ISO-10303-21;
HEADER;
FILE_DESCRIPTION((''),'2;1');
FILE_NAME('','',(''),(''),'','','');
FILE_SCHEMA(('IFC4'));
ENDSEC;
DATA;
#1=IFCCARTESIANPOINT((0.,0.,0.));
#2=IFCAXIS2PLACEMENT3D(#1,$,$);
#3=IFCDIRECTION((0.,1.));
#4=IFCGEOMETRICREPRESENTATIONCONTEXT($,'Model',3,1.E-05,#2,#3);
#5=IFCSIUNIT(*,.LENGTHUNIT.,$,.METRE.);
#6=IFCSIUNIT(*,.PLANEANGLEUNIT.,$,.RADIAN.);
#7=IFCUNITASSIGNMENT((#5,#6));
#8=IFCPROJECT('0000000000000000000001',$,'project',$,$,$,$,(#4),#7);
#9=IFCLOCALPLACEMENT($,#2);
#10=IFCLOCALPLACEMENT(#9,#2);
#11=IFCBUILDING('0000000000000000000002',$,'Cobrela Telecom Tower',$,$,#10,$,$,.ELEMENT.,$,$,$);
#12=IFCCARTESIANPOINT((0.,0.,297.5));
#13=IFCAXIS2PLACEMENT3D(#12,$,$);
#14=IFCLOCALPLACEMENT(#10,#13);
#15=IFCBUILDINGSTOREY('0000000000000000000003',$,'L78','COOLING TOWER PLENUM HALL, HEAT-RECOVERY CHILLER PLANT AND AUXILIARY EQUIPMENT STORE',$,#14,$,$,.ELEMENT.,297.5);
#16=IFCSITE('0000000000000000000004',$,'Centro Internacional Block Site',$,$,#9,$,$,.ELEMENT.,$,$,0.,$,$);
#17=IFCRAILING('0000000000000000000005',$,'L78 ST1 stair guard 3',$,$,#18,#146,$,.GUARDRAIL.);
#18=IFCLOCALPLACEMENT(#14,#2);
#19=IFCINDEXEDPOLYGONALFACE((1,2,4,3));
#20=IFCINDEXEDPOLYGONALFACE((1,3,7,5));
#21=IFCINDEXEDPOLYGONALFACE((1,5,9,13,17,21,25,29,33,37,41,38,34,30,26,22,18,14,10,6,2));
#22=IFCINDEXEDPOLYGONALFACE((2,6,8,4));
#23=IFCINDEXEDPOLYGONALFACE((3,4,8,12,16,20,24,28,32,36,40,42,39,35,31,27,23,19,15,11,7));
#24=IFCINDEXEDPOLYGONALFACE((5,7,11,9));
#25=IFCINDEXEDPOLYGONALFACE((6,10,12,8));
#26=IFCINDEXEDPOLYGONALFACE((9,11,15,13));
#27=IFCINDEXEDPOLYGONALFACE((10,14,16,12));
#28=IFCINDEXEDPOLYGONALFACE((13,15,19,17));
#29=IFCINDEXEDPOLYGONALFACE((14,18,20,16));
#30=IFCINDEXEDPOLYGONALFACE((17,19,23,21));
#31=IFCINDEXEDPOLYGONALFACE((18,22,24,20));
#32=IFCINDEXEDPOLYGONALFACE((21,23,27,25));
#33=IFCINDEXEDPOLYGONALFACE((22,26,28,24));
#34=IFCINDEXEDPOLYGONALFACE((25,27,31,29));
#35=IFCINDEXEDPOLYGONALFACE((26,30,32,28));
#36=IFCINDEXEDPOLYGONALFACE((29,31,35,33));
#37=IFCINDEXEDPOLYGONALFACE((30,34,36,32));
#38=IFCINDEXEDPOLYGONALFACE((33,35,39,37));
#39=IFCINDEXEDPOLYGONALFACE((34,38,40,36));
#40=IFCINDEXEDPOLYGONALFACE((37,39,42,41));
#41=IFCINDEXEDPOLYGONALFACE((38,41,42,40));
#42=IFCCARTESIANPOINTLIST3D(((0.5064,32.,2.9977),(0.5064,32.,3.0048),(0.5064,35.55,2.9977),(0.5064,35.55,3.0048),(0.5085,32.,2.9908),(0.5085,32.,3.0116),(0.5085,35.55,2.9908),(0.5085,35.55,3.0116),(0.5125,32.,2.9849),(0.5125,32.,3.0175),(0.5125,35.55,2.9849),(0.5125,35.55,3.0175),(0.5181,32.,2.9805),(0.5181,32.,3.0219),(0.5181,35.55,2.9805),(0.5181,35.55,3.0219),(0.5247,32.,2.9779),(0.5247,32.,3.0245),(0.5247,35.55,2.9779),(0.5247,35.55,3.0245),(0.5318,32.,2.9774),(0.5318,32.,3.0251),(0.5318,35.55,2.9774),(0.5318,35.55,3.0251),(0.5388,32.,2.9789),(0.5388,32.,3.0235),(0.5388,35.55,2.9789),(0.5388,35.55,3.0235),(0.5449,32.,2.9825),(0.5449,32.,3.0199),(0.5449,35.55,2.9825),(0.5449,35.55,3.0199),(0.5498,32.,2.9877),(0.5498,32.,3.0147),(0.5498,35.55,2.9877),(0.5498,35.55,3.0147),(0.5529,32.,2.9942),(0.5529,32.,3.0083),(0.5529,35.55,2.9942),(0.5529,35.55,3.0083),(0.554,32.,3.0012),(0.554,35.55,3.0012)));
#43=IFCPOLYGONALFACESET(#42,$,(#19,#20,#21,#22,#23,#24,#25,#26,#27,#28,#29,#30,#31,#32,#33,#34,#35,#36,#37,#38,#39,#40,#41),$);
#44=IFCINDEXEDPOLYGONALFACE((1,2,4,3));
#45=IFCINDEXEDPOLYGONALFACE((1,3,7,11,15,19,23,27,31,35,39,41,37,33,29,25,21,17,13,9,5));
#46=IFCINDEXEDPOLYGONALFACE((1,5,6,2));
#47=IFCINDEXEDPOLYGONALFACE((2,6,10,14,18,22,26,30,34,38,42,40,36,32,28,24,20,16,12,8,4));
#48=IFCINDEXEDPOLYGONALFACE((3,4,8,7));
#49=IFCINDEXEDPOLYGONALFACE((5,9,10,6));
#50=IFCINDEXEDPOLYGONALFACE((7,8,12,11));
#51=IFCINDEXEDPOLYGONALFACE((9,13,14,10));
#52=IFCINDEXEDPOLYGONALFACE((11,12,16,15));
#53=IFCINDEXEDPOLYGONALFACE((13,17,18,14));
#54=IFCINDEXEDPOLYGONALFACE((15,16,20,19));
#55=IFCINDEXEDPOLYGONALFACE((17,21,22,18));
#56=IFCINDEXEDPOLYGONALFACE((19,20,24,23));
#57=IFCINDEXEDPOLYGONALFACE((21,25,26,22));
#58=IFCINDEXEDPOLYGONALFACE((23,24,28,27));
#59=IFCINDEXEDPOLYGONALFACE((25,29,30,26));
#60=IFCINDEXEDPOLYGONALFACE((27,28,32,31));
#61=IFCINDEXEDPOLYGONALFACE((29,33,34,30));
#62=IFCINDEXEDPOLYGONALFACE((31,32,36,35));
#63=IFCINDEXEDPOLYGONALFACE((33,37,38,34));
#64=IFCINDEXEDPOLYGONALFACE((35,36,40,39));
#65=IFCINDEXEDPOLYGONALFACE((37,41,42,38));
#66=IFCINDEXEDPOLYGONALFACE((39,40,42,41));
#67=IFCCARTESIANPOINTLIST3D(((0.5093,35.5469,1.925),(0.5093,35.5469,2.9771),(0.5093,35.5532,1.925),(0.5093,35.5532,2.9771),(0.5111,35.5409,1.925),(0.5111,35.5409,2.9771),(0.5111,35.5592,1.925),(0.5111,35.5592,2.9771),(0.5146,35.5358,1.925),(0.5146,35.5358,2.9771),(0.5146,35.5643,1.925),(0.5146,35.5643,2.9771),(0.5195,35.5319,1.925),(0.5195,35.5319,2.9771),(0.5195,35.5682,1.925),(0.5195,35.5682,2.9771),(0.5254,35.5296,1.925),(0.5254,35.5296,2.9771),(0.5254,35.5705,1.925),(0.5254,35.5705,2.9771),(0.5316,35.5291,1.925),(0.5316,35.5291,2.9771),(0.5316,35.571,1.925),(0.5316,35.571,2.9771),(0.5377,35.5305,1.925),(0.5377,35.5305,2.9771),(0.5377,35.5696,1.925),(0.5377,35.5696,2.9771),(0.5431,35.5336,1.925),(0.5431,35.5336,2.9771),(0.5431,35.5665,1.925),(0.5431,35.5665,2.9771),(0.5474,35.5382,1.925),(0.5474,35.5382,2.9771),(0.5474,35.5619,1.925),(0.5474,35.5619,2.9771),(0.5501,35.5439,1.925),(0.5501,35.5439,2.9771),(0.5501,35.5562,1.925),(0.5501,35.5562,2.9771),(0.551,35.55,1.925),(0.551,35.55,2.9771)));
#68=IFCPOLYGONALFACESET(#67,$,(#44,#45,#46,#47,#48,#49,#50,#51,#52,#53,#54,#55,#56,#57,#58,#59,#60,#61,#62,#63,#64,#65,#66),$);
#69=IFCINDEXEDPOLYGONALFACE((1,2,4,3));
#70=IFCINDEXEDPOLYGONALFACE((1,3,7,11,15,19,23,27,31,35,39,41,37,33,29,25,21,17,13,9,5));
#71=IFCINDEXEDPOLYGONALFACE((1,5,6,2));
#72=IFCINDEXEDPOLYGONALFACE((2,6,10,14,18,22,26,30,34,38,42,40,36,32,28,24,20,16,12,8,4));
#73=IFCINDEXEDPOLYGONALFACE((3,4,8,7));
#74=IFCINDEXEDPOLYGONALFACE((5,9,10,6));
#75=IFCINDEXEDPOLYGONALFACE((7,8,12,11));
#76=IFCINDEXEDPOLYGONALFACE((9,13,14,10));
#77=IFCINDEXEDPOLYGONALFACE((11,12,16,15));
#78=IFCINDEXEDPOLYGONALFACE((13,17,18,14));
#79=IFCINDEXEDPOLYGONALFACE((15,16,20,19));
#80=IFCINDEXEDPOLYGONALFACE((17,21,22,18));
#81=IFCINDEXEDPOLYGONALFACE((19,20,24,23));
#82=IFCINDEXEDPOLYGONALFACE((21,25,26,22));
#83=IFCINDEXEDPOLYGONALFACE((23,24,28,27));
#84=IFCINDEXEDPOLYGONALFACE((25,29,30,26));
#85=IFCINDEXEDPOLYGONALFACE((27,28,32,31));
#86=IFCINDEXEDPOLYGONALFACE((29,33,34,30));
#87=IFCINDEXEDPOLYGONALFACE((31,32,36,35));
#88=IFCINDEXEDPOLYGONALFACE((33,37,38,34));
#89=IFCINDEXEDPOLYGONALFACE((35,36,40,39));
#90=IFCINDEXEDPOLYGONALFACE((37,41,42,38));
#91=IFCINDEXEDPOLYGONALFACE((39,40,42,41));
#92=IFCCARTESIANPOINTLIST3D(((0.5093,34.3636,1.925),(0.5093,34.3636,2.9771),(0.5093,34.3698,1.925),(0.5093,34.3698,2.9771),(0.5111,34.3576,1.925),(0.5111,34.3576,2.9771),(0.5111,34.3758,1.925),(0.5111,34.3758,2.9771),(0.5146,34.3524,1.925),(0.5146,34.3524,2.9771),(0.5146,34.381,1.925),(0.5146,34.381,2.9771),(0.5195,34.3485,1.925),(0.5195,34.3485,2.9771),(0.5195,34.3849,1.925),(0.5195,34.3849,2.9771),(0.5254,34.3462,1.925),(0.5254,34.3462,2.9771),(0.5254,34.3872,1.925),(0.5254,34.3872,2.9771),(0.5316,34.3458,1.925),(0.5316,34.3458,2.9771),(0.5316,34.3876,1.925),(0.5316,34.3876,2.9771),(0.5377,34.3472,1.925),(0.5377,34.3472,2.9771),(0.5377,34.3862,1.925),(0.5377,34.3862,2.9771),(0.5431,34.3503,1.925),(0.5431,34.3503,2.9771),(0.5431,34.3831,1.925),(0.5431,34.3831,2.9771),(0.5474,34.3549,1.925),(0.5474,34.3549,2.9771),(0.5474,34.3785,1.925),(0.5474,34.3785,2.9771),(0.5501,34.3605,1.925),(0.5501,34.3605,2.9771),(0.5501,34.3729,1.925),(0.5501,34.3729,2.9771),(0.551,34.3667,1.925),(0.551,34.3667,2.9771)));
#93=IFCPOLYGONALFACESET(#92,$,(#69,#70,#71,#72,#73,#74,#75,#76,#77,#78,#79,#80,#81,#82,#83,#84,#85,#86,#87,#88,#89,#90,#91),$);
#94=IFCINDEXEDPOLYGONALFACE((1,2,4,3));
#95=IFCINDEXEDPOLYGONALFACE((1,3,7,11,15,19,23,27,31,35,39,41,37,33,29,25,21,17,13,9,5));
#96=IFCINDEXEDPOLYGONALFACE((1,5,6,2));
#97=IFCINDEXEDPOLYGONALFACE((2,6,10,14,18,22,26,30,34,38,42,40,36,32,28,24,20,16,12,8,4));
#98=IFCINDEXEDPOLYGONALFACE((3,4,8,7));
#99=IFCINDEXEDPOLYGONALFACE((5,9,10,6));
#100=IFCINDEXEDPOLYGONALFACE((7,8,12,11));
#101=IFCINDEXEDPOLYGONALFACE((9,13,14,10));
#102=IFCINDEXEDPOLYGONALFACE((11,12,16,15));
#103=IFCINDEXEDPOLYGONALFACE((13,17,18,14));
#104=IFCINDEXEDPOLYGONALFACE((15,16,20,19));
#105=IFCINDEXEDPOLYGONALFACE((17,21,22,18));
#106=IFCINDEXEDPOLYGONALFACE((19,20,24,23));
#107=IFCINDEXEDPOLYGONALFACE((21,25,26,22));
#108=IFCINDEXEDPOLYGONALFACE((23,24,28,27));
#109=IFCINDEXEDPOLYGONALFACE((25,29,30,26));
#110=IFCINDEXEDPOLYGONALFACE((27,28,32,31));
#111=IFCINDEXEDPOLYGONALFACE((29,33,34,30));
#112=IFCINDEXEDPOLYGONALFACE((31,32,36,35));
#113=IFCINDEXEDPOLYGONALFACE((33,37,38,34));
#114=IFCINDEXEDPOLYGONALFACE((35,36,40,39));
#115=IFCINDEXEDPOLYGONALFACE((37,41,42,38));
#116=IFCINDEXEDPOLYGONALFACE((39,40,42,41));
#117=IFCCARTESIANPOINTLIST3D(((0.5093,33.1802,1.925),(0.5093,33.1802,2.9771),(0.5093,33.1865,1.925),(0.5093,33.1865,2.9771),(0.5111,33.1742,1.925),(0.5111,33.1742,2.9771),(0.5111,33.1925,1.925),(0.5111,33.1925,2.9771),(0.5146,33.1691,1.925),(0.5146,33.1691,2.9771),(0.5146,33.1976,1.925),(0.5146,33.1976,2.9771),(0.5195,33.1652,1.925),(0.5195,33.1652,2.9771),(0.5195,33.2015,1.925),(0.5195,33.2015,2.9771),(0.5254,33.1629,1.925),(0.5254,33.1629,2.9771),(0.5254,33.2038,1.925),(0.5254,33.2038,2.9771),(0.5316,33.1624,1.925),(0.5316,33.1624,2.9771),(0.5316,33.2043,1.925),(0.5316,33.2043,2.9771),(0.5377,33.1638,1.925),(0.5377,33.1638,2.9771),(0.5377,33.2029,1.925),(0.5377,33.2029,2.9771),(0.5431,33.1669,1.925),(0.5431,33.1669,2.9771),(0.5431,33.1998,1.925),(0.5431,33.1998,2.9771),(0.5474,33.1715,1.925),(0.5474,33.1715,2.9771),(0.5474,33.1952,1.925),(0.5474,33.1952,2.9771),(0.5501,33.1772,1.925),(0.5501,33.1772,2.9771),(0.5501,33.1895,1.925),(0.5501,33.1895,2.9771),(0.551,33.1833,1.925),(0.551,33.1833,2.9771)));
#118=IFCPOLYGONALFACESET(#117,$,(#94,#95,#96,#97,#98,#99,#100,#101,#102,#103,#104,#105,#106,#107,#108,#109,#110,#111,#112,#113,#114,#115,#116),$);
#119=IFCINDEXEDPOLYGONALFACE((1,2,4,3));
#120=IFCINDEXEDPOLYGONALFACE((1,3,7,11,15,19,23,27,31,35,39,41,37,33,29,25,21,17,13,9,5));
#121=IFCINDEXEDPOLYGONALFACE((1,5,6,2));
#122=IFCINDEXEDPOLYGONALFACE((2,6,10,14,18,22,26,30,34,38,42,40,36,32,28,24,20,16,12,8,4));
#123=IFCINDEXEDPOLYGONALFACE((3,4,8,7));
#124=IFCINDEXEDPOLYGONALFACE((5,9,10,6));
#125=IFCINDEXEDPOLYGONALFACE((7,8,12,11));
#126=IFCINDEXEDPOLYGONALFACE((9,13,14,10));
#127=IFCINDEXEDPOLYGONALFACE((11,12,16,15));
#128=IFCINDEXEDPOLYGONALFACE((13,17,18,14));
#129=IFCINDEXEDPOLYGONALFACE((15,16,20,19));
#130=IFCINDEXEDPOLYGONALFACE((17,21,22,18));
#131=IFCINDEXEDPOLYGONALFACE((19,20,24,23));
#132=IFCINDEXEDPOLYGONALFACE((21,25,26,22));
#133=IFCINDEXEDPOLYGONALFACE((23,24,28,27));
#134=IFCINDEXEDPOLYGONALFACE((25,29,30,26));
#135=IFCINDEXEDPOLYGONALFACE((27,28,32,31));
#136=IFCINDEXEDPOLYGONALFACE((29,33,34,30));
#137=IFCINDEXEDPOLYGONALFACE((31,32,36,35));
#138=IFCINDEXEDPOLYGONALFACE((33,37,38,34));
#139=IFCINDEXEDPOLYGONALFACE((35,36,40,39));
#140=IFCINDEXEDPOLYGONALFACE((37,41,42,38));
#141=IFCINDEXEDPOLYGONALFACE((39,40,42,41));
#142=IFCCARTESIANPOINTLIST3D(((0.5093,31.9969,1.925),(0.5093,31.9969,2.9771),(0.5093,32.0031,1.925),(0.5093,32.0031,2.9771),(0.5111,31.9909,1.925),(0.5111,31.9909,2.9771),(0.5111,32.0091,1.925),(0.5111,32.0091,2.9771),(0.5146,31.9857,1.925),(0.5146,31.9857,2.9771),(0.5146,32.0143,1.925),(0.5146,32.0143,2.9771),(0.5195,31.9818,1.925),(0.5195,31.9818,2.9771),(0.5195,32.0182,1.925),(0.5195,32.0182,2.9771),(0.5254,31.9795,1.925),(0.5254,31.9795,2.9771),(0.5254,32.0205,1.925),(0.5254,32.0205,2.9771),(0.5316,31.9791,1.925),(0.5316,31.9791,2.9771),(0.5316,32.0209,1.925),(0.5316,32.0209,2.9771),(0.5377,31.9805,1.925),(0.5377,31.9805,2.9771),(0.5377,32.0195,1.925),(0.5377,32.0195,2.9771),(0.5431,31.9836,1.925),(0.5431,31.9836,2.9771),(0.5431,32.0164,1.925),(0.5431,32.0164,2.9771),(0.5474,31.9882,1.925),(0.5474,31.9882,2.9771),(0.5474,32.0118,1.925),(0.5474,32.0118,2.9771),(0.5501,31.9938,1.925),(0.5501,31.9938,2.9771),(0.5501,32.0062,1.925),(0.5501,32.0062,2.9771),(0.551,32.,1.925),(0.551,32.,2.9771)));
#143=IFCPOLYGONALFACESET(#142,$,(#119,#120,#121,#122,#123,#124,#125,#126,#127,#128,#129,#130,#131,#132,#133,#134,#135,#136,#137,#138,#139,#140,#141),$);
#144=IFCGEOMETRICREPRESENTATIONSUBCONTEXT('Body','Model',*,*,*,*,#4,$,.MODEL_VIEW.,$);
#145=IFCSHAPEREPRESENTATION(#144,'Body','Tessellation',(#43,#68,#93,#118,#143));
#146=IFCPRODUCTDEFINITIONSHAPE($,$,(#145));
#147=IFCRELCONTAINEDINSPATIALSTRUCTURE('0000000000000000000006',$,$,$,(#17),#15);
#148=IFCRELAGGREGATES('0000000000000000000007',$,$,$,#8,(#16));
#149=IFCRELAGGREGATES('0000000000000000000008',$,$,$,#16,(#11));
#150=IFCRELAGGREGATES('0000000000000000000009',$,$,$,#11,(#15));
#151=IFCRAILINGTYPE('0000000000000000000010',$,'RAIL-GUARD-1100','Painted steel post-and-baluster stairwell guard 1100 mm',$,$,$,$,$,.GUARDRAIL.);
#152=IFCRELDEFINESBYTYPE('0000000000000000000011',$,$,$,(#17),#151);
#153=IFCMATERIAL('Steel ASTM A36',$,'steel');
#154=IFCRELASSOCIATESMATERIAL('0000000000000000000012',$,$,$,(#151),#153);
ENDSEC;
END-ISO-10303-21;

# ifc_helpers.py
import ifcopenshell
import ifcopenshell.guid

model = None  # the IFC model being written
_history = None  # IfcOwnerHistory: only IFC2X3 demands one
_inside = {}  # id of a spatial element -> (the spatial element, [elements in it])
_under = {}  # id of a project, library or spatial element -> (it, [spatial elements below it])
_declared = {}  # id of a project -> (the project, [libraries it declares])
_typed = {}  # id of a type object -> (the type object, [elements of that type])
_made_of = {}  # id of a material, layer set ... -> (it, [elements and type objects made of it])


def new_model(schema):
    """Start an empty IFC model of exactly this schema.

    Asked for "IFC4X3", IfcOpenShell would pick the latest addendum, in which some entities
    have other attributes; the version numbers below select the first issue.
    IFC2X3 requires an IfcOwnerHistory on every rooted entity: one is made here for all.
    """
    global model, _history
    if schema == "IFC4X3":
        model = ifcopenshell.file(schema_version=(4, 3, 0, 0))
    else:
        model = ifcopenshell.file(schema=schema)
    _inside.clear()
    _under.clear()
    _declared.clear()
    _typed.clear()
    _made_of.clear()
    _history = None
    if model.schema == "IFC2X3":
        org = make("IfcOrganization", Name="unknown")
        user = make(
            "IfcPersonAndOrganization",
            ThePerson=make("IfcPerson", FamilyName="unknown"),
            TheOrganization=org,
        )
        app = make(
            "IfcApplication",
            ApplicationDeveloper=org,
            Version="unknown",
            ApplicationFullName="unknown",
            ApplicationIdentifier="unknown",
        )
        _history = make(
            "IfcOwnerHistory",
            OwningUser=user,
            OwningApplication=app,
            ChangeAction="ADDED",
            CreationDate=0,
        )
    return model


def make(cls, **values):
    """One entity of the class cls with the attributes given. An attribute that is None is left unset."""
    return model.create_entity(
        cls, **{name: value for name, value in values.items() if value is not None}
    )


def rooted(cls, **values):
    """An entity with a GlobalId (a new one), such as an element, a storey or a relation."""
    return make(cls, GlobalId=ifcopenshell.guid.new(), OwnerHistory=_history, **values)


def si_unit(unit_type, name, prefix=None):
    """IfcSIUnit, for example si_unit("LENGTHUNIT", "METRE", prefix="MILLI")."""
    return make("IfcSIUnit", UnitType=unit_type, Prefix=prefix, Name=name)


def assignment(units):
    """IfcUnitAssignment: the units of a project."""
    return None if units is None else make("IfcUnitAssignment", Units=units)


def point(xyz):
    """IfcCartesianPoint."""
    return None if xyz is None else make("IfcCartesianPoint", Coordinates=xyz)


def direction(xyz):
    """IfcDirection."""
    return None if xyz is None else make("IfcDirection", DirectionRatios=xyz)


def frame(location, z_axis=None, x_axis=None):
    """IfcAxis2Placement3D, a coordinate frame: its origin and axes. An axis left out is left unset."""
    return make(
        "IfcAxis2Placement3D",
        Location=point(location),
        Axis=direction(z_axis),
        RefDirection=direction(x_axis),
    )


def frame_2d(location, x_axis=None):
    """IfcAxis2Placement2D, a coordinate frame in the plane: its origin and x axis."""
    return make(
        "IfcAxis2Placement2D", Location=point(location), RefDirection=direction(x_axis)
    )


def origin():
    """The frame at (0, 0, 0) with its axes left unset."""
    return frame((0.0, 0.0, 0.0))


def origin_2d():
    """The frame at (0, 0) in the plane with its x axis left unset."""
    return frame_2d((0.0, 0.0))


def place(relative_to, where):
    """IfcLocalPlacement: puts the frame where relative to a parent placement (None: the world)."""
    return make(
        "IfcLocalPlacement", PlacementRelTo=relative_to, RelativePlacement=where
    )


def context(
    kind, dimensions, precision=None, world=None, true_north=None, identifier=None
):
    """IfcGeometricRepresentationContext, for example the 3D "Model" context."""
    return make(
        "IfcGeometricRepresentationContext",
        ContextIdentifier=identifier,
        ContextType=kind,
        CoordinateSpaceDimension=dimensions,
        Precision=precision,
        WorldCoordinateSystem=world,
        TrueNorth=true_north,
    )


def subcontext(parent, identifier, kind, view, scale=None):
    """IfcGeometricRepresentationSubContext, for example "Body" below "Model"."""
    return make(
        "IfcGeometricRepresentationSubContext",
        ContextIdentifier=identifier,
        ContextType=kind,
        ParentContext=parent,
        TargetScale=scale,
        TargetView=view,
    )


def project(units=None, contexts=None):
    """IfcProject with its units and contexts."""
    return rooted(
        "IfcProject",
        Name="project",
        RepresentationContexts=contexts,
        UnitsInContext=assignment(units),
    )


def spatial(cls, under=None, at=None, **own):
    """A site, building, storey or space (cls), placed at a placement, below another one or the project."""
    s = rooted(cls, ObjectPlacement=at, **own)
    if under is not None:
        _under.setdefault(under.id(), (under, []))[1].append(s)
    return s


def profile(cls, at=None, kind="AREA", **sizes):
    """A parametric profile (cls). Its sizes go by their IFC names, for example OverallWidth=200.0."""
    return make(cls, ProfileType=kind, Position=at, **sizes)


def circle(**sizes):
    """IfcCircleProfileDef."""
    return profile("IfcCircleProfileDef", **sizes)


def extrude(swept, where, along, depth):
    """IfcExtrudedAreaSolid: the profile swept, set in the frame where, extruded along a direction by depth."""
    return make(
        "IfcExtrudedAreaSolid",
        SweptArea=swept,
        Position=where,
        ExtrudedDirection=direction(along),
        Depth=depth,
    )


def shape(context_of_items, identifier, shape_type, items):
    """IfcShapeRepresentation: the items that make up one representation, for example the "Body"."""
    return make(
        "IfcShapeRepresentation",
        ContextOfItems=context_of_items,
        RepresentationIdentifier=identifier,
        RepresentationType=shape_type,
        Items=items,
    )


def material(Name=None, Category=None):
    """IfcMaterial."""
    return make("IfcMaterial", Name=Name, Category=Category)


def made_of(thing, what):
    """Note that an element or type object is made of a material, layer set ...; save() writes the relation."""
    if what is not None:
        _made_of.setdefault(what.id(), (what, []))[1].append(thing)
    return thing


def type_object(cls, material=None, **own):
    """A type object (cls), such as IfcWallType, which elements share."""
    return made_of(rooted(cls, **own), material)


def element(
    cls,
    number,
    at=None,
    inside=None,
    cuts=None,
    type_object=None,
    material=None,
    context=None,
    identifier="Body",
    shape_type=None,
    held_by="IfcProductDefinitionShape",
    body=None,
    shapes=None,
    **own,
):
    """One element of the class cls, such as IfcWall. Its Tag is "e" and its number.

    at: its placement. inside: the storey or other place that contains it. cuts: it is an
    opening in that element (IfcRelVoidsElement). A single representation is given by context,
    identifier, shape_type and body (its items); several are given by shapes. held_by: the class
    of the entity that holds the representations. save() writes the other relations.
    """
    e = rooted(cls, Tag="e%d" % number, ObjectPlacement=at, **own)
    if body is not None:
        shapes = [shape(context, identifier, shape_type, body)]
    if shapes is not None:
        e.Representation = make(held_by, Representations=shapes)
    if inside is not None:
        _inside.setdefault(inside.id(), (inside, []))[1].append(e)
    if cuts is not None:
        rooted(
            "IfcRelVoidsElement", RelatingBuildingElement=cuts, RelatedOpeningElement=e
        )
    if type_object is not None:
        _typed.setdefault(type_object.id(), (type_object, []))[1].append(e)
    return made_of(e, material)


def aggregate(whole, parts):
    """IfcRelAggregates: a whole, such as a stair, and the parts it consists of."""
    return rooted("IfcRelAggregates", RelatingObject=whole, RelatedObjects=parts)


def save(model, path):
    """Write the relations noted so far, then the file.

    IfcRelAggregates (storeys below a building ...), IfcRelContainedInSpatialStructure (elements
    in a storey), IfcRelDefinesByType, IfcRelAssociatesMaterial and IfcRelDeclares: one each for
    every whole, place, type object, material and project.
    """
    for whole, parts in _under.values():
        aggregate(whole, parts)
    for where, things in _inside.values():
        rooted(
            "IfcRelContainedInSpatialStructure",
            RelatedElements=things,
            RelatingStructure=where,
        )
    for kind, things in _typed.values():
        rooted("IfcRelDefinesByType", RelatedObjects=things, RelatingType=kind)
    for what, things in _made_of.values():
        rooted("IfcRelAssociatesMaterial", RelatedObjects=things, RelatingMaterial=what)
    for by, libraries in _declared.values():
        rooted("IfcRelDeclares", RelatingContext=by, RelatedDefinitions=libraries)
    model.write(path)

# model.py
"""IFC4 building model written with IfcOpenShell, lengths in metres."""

from ifc_helpers import new_model, si_unit, direction, frame, origin, origin_2d, place, context, subcontext, project, spatial, circle, extrude, material, type_object, element, save


model = new_model("IFC4")

# Units and contexts
model_context = context("Model", 3, precision=1e-05, world=origin(), true_north=direction((0.0, 1.0)))
body_context = subcontext(model_context, "Body", "Model", "MODEL_VIEW")
ifc_project = project(units=[si_unit("LENGTHUNIT", "METRE"), si_unit("PLANEANGLEUNIT", "RADIAN")], contexts=[model_context])

# Site, building, storey
site_placement = place(None, origin())
site = spatial("IfcSite", under=ifc_project, at=site_placement, Name="Centro Internacional Block Site", CompositionType="ELEMENT", RefElevation=0.0)
building_placement = place(site_placement, origin())
building = spatial("IfcBuilding", under=site, at=building_placement, Name="Cobrela Telecom Tower", CompositionType="ELEMENT")
storey_placement = place(building_placement, frame((0.0, 0.0, 297.5)))
storey = spatial("IfcBuildingStorey", under=building, at=storey_placement, Name="L78", Description="COOLING TOWER PLENUM HALL, HEAT-RECOVERY CHILLER PLANT AND AUXILIARY EQUIPMENT STORE", CompositionType="ELEMENT", Elevation=297.5)

# Shared definitions
ifc_material_1 = material(Name="Steel ASTM A36", Category="steel")

# Railing
railing_type_1 = type_object("IfcRailingType", Name="RAIL-GUARD-1100", Description="Painted steel post-and-baluster stairwell guard 1100 mm", PredefinedType="GUARDRAIL", material=ifc_material_1)
railing_1_placement = place(storey_placement, frame((0.53, 35.55, 1.925)))
element("IfcRailing", 1, at=railing_1_placement, inside=storey, type_object=railing_type_1, Name="L78 ST1 stair guard 3", PredefinedType="GUARDRAIL", context=body_context, shape_type="SweptSolid", body=[
    extrude(circle(Radius=0.0239, at=origin_2d()), frame((0.0, 0.0, 1.0762), z_axis=(0.0, -1.0, 0.0), x_axis=(1.0, 0.0, 0.0)), (0.0, 0.0, 1.0), 3.55),
    extrude(circle(Radius=0.021, at=origin_2d()), origin(), (0.0, 0.0, 1.0), 1.052),
    extrude(circle(Radius=0.021, at=origin_2d()), frame((0.0, -1.1833, 0.0)), (0.0, 0.0, 1.0), 1.052),
    extrude(circle(Radius=0.021, at=origin_2d()), frame((0.0, -2.3667, 0.0)), (0.0, 0.0, 1.0), 1.052),
    extrude(circle(Radius=0.021, at=origin_2d()), frame((0.0, -3.55, 0.0)), (0.0, 0.0, 1.0), 1.052),
])

save(model, "model.ifc")
